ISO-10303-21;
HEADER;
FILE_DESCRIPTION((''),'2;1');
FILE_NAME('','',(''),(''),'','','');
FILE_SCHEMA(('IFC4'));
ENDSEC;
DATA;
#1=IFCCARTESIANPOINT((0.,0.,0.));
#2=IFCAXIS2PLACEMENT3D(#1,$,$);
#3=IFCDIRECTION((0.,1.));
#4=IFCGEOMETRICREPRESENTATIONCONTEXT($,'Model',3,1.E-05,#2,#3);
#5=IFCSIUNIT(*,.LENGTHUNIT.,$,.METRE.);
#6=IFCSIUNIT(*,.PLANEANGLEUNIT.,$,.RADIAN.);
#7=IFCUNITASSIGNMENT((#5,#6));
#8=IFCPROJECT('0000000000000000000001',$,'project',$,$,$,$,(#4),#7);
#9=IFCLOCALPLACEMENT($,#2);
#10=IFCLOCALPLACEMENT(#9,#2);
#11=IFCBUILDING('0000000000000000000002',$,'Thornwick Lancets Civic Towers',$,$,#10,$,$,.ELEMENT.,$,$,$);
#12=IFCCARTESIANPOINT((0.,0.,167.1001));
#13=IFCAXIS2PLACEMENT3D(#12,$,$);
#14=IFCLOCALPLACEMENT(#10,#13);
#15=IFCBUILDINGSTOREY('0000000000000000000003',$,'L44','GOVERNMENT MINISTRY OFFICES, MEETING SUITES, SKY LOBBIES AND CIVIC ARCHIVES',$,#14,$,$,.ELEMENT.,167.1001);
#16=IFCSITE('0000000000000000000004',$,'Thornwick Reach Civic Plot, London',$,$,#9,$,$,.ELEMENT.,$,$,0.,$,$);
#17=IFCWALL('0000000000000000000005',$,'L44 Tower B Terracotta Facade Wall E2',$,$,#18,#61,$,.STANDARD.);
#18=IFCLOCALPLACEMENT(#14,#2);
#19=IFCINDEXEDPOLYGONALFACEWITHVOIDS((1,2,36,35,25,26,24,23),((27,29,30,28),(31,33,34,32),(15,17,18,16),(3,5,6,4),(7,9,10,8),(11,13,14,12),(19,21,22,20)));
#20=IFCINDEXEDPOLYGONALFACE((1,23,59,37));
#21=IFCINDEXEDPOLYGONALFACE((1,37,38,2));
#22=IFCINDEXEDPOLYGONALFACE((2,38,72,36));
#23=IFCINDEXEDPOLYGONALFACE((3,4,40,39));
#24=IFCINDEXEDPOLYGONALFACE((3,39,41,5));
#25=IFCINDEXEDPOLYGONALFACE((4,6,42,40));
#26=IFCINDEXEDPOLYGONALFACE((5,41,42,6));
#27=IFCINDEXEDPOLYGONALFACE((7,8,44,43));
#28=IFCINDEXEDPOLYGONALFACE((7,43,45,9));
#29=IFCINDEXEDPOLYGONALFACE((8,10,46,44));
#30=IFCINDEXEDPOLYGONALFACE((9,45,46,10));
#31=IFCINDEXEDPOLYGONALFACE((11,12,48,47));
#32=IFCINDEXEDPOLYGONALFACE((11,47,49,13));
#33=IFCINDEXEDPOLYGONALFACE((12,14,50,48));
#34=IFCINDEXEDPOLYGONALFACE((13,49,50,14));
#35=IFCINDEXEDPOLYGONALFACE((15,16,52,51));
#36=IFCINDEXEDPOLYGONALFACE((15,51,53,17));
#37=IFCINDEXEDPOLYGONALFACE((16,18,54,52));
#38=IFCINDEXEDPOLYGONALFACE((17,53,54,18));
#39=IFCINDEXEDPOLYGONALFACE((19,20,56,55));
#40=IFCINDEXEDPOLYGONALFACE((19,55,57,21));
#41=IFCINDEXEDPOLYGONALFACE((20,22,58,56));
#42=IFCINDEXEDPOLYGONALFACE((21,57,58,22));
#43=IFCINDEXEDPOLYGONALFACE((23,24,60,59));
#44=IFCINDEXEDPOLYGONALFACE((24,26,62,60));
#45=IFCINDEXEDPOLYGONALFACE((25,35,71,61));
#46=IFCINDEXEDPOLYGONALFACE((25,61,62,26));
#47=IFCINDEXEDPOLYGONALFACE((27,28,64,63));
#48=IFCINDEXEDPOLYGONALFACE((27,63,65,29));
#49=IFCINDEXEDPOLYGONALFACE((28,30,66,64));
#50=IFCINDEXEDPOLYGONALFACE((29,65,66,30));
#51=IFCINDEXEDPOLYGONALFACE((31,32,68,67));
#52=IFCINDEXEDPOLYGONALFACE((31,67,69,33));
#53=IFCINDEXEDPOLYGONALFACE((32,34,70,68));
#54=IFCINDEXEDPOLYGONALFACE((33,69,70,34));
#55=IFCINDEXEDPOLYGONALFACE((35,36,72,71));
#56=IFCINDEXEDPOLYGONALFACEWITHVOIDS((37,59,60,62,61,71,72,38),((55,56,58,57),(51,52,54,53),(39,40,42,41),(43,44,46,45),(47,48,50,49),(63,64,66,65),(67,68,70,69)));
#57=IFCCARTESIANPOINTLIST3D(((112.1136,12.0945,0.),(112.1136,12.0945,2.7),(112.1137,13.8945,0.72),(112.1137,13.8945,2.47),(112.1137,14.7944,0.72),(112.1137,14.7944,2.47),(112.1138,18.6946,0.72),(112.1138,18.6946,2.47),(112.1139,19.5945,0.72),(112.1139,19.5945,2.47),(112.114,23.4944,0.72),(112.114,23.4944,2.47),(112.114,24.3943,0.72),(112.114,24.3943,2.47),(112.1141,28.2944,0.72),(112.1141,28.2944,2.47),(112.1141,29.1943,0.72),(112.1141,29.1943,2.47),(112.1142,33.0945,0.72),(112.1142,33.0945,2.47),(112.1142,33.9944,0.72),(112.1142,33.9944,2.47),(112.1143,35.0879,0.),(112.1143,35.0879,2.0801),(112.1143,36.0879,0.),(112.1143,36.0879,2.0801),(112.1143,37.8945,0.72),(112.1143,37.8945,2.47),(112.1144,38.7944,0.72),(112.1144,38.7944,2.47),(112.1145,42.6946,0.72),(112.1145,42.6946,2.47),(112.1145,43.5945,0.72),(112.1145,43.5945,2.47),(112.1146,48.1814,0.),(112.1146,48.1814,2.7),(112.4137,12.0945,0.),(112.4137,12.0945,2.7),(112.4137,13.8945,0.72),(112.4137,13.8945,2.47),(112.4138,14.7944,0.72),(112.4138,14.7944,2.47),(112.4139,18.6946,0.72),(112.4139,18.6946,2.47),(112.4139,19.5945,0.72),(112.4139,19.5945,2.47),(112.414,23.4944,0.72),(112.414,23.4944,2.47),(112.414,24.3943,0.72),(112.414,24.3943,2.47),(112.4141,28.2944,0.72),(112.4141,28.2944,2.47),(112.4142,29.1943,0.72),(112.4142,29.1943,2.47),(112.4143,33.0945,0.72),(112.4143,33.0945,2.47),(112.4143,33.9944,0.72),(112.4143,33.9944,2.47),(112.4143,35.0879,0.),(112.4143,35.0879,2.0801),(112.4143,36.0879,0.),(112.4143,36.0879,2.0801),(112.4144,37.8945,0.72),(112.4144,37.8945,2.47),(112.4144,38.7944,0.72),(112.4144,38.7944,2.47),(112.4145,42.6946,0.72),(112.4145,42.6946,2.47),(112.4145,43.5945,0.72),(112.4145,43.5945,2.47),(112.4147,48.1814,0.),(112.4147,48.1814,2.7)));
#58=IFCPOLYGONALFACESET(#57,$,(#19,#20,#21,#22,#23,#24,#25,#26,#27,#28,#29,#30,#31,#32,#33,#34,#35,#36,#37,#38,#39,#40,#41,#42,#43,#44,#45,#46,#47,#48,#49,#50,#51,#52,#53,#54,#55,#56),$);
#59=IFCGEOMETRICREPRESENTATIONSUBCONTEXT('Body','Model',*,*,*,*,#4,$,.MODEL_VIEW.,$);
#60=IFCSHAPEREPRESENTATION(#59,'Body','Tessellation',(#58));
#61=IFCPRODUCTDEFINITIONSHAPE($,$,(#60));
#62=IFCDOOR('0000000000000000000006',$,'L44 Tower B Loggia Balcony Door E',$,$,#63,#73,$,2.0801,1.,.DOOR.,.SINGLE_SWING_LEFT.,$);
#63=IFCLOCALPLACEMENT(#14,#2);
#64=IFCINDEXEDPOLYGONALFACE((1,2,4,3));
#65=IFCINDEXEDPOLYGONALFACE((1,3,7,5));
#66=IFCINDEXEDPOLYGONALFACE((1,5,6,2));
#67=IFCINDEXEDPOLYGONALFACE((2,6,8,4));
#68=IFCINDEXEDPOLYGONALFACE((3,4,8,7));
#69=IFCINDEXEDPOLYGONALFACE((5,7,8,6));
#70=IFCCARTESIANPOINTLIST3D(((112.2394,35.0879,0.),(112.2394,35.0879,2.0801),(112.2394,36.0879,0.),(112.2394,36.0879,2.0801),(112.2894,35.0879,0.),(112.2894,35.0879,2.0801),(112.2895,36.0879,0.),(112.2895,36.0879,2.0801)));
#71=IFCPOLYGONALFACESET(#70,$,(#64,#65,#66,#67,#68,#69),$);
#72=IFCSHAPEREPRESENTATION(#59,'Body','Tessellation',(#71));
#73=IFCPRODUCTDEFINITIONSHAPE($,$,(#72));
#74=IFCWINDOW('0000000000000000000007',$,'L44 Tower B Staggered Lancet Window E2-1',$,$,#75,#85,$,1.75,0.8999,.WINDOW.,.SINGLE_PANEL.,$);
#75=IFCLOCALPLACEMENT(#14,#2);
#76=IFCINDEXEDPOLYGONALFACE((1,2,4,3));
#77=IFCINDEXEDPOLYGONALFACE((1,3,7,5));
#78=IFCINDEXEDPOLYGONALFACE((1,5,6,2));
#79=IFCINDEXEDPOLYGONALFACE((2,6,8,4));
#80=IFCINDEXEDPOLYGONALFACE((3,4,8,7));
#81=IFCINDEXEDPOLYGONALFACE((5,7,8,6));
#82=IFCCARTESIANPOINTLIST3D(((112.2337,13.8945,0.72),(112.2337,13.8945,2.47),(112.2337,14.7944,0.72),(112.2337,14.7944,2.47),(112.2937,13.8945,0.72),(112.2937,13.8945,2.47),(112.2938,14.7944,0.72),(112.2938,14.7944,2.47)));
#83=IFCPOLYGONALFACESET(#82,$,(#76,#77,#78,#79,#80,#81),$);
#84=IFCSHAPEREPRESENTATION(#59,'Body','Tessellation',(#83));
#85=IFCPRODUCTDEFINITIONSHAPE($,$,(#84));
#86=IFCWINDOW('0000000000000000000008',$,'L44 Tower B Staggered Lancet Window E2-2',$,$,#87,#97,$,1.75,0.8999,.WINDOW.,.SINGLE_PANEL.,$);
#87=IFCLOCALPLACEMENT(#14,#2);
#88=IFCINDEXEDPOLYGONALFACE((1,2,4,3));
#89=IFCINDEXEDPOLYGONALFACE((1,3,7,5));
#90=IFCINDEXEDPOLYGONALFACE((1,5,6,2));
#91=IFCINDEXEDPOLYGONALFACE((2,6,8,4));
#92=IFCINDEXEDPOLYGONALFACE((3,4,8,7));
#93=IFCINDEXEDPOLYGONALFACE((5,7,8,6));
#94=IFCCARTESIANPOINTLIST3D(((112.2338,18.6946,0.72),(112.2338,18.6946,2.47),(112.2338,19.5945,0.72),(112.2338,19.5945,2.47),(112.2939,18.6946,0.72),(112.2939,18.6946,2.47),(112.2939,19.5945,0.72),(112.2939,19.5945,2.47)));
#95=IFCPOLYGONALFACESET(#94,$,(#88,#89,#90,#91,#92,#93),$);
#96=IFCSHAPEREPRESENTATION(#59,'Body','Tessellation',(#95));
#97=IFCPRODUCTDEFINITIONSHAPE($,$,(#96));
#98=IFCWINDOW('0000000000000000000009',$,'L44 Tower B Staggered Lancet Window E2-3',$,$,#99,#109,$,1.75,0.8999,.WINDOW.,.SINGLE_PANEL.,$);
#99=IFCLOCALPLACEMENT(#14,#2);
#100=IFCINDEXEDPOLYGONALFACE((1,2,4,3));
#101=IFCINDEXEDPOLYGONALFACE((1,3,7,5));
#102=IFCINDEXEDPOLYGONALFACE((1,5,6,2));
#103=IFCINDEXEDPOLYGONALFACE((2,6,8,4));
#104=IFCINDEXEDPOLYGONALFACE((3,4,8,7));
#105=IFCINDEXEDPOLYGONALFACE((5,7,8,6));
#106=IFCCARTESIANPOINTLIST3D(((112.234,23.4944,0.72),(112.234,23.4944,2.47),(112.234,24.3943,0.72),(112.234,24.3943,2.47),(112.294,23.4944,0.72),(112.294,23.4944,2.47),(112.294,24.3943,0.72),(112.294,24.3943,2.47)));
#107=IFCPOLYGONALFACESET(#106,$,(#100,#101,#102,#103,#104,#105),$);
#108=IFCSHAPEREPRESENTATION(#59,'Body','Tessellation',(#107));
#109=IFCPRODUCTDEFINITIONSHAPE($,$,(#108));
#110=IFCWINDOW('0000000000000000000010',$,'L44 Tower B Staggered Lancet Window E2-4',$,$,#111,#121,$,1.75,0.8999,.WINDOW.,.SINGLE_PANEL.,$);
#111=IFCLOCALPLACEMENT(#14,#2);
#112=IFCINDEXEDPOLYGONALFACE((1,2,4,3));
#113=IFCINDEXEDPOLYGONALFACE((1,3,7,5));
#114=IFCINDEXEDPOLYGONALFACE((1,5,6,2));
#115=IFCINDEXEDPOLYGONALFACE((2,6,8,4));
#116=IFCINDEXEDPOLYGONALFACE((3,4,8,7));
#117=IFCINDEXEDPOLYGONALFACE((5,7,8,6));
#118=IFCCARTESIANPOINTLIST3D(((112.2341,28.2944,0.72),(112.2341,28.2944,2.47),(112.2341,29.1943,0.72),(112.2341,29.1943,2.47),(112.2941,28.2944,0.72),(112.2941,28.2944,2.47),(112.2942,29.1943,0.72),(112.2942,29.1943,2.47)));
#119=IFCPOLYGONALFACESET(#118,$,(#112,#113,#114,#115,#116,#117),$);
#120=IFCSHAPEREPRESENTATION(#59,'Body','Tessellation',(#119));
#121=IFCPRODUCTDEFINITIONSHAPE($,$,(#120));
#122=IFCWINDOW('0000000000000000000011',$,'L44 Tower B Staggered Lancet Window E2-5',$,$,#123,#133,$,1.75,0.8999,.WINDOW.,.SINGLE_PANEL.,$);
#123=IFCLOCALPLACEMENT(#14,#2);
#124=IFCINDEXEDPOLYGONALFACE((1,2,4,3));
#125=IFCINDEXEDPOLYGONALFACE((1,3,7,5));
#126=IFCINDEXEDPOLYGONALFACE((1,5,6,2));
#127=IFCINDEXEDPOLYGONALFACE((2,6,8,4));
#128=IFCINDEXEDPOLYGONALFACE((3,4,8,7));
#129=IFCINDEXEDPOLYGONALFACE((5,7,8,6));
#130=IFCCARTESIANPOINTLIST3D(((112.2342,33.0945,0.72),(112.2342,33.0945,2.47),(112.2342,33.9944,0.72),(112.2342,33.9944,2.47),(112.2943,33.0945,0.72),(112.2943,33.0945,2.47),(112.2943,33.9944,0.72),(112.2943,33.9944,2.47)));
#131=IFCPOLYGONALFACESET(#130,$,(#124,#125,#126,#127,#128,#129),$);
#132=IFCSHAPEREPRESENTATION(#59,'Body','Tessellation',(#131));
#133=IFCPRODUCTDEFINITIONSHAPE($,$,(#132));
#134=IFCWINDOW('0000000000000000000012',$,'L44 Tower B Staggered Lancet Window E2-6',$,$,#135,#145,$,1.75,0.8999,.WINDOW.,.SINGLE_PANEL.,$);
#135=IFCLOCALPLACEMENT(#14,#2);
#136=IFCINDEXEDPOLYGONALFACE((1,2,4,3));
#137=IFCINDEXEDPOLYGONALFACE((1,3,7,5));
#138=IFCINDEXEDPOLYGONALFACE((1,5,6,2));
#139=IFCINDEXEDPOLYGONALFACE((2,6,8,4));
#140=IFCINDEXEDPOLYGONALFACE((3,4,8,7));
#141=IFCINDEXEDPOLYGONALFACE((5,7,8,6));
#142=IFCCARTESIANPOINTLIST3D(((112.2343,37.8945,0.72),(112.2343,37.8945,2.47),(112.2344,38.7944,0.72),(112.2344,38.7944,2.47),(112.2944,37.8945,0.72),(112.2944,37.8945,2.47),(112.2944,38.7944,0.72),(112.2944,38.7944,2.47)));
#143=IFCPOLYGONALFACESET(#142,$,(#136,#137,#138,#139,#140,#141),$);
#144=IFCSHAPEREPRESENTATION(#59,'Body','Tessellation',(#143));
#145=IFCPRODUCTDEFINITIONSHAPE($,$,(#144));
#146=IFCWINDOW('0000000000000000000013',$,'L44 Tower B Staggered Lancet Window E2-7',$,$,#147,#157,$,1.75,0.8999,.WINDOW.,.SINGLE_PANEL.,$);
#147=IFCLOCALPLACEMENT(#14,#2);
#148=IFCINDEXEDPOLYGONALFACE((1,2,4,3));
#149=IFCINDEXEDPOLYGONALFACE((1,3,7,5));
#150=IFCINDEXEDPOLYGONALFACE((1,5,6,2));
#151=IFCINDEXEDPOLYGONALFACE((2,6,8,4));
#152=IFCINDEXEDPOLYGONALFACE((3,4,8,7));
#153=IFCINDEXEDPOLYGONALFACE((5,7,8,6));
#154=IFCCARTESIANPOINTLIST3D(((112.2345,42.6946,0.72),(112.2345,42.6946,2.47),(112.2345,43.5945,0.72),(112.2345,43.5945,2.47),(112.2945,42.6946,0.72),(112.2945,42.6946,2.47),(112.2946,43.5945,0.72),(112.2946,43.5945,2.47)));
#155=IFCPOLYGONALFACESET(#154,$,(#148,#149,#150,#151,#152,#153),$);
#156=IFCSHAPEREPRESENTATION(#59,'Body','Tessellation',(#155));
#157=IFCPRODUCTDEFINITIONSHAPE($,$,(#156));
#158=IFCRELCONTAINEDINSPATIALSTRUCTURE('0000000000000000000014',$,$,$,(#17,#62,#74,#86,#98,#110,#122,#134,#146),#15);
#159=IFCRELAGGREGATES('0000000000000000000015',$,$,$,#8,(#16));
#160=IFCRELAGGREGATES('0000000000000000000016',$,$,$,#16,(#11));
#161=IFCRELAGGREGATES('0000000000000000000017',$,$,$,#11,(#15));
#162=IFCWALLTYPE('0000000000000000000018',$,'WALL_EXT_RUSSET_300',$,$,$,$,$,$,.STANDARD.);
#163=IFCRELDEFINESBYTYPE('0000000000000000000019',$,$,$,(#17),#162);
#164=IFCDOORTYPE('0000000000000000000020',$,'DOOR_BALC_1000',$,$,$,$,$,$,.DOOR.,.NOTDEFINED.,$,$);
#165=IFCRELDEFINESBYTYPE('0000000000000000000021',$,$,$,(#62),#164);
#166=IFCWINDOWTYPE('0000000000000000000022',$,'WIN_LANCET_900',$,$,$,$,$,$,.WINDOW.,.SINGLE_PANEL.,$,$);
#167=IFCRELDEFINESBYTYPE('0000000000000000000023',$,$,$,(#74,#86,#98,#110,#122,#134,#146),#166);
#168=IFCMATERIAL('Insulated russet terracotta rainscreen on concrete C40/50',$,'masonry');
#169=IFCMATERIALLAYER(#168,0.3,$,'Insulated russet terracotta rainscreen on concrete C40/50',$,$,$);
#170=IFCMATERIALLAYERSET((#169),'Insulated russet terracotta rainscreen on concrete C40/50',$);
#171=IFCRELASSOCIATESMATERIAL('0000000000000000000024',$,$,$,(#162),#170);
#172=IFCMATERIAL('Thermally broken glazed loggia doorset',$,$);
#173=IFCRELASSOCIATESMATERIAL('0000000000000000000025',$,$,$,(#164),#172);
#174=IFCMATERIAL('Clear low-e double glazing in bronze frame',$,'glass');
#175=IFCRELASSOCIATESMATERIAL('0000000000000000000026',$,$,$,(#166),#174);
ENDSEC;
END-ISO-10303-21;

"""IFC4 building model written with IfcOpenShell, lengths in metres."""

from ifc_helpers import new_model, si_unit, direction, frame, frame_2d, origin, place, context, subcontext, project, spatial, rectangle, extrude, material, layer, layer_set, type_object, element, fill, save


model = new_model("IFC4")

# Units and contexts
model_context = context("Model", 3, precision=1e-05, world=origin(), true_north=direction((0.0, 1.0)))
body_context = subcontext(model_context, "Body", "Model", "MODEL_VIEW")
ifc_project = project(units=[si_unit("LENGTHUNIT", "METRE"), si_unit("PLANEANGLEUNIT", "RADIAN")], contexts=[model_context])

# Site, building, storey
site_placement = place(None, origin())
site = spatial("IfcSite", under=ifc_project, at=site_placement, Name="Thornwick Reach Civic Plot, London", CompositionType="ELEMENT", RefElevation=0.0)
building_placement = place(site_placement, origin())
building = spatial("IfcBuilding", under=site, at=building_placement, Name="Thornwick Lancets Civic Towers", CompositionType="ELEMENT")
storey_placement = place(building_placement, frame((0.0, 0.0, 167.1001)))
storey = spatial("IfcBuildingStorey", under=building, at=storey_placement, Name="L44", Description="GOVERNMENT MINISTRY OFFICES, MEETING SUITES, SKY LOBBIES AND CIVIC ARCHIVES", CompositionType="ELEMENT", Elevation=167.1001)

# Wall, openings, door, windows
ifc_material_1 = material(Name="Insulated russet terracotta rainscreen on concrete C40/50", Category="masonry")
ifc_layer_1 = layer(ifc_material_1, 0.3, Name="Insulated russet terracotta rainscreen on concrete C40/50")
ifc_layer_set_1 = layer_set([ifc_layer_1], Name="Insulated russet terracotta rainscreen on concrete C40/50")
wall_type_1 = type_object("IfcWallType", Name="WALL_EXT_RUSSET_300", PredefinedType="STANDARD", material=ifc_layer_set_1)
wall_1_placement = place(storey_placement, frame((112.2637, 12.0945, 0.0), z_axis=(0.0, 0.0, 1.0), x_axis=(0.000027, 1.0, 0.0)))
wall_1 = element("IfcWall", 1, at=wall_1_placement, inside=storey, type_object=wall_type_1, Name="L44 Tower B Terracotta Facade Wall E2", PredefinedType="STANDARD", context=body_context, shape_type="SweptSolid", body=[
    extrude(rectangle(XDim=36.0869, YDim=0.3, at=frame_2d((18.0435, 0.0))), origin(), (0.0, 0.0, 1.0), 2.7),
])
opening_1_placement = place(wall_1_placement, frame((22.9934, 0.0, 0.0)))
opening_1 = element("IfcOpeningElement", 2, at=opening_1_placement, cuts=wall_1, PredefinedType="OPENING", context=body_context, shape_type="SweptSolid", body=[
    extrude(rectangle(XDim=1.0, YDim=2.0801, at=frame_2d((0.5, 1.04))), frame((0.0, 0.1602, 0.0), z_axis=(0.0, -1.0, 0.0), x_axis=(1.0, 0.0, 0.0)), (0.0, 0.0, 1.0), 0.3201),
])
opening_2_placement = place(wall_1_placement, frame((1.8, 0.0, 0.72)))
opening_2 = element("IfcOpeningElement", 3, at=opening_2_placement, cuts=wall_1, PredefinedType="OPENING", context=body_context, shape_type="SweptSolid", body=[
    extrude(rectangle(XDim=0.8999, YDim=1.75, at=frame_2d((0.45, 0.875))), frame((0.0, 0.1602, 0.0), z_axis=(0.0, -1.0, 0.0), x_axis=(1.0, 0.0, 0.0)), (0.0, 0.0, 1.0), 0.3201),
])
opening_3_placement = place(wall_1_placement, frame((6.6001, 0.0, 0.72)))
opening_3 = element("IfcOpeningElement", 4, at=opening_3_placement, cuts=wall_1, PredefinedType="OPENING", context=body_context, shape_type="SweptSolid", body=[
    extrude(rectangle(XDim=0.8999, YDim=1.75, at=frame_2d((0.45, 0.875))), frame((0.0, 0.1602, 0.0), z_axis=(0.0, -1.0, 0.0), x_axis=(1.0, 0.0, 0.0)), (0.0, 0.0, 1.0), 0.3201),
])
opening_4_placement = place(wall_1_placement, frame((11.3999, 0.0, 0.72)))
opening_4 = element("IfcOpeningElement", 5, at=opening_4_placement, cuts=wall_1, PredefinedType="OPENING", context=body_context, shape_type="SweptSolid", body=[
    extrude(rectangle(XDim=0.8999, YDim=1.75, at=frame_2d((0.45, 0.875))), frame((0.0, 0.1602, 0.0), z_axis=(0.0, -1.0, 0.0), x_axis=(1.0, 0.0, 0.0)), (0.0, 0.0, 1.0), 0.3201),
])
opening_5_placement = place(wall_1_placement, frame((16.2, 0.0, 0.72)))
opening_5 = element("IfcOpeningElement", 6, at=opening_5_placement, cuts=wall_1, PredefinedType="OPENING", context=body_context, shape_type="SweptSolid", body=[
    extrude(rectangle(XDim=0.8999, YDim=1.75, at=frame_2d((0.45, 0.875))), frame((0.0, 0.1602, 0.0), z_axis=(0.0, -1.0, 0.0), x_axis=(1.0, 0.0, 0.0)), (0.0, 0.0, 1.0), 0.3201),
])
opening_6_placement = place(wall_1_placement, frame((21.0, 0.0, 0.72)))
opening_6 = element("IfcOpeningElement", 7, at=opening_6_placement, cuts=wall_1, PredefinedType="OPENING", context=body_context, shape_type="SweptSolid", body=[
    extrude(rectangle(XDim=0.8999, YDim=1.75, at=frame_2d((0.45, 0.875))), frame((0.0, 0.1602, 0.0), z_axis=(0.0, -1.0, 0.0), x_axis=(1.0, 0.0, 0.0)), (0.0, 0.0, 1.0), 0.3201),
])
opening_7_placement = place(wall_1_placement, frame((25.8, 0.0, 0.72)))
opening_7 = element("IfcOpeningElement", 8, at=opening_7_placement, cuts=wall_1, PredefinedType="OPENING", context=body_context, shape_type="SweptSolid", body=[
    extrude(rectangle(XDim=0.8999, YDim=1.75, at=frame_2d((0.45, 0.875))), frame((0.0, 0.1602, 0.0), z_axis=(0.0, -1.0, 0.0), x_axis=(1.0, 0.0, 0.0)), (0.0, 0.0, 1.0), 0.3201),
])
opening_8_placement = place(wall_1_placement, frame((30.6001, 0.0, 0.72)))
opening_8 = element("IfcOpeningElement", 9, at=opening_8_placement, cuts=wall_1, PredefinedType="OPENING", context=body_context, shape_type="SweptSolid", body=[
    extrude(rectangle(XDim=0.8999, YDim=1.75, at=frame_2d((0.45, 0.875))), frame((0.0, 0.1602, 0.0), z_axis=(0.0, -1.0, 0.0), x_axis=(1.0, 0.0, 0.0)), (0.0, 0.0, 1.0), 0.3201),
])
ifc_material_2 = material(Name="Thermally broken glazed loggia doorset")
door_type = type_object("IfcDoorType", Name="DOOR_BALC_1000", OperationType="NOTDEFINED", PredefinedType="DOOR", material=ifc_material_2)
door_placement = place(opening_1_placement, origin())
door = element("IfcDoor", 10, at=door_placement, inside=storey, type_object=door_type, Name="L44 Tower B Loggia Balcony Door E", OperationType="SINGLE_SWING_LEFT", OverallHeight=2.0801, OverallWidth=1.0, PredefinedType="DOOR", context=body_context, shape_type="SweptSolid", body=[
    extrude(rectangle(XDim=1.0, YDim=2.0801, at=frame_2d((0.5, 1.04))), frame((0.0, 0.0249, 0.0), z_axis=(0.0, -1.0, 0.0), x_axis=(1.0, 0.0, 0.0)), (0.0, 0.0, 1.0), 0.05),
])
fill(opening_1, door)
ifc_material_3 = material(Name="Clear low-e double glazing in bronze frame", Category="glass")
window_type = type_object("IfcWindowType", Name="WIN_LANCET_900", PartitioningType="SINGLE_PANEL", PredefinedType="WINDOW", material=ifc_material_3)
window_1_placement = place(opening_2_placement, origin())
window_1 = element("IfcWindow", 11, at=window_1_placement, inside=storey, type_object=window_type, Name="L44 Tower B Staggered Lancet Window E2-1", OverallHeight=1.75, OverallWidth=0.8999, PartitioningType="SINGLE_PANEL", PredefinedType="WINDOW", context=body_context, shape_type="SweptSolid", body=[
    extrude(rectangle(XDim=0.8999, YDim=1.75, at=frame_2d((0.45, 0.875))), frame((0.0, 0.03, 0.0), z_axis=(0.0, -1.0, 0.0), x_axis=(1.0, 0.0, 0.0)), (0.0, 0.0, 1.0), 0.0601),
])
fill(opening_2, window_1)
window_2_placement = place(opening_3_placement, origin())
window_2 = element("IfcWindow", 12, at=window_2_placement, inside=storey, type_object=window_type, Name="L44 Tower B Staggered Lancet Window E2-2", OverallHeight=1.75, OverallWidth=0.8999, PartitioningType="SINGLE_PANEL", PredefinedType="WINDOW", context=body_context, shape_type="SweptSolid", body=[
    extrude(rectangle(XDim=0.8999, YDim=1.75, at=frame_2d((0.45, 0.875))), frame((0.0, 0.03, 0.0), z_axis=(0.0, -1.0, 0.0), x_axis=(1.0, 0.0, 0.0)), (0.0, 0.0, 1.0), 0.0601),
])
fill(opening_3, window_2)
window_3_placement = place(opening_4_placement, origin())
window_3 = element("IfcWindow", 13, at=window_3_placement, inside=storey, type_object=window_type, Name="L44 Tower B Staggered Lancet Window E2-3", OverallHeight=1.75, OverallWidth=0.8999, PartitioningType="SINGLE_PANEL", PredefinedType="WINDOW", context=body_context, shape_type="SweptSolid", body=[
    extrude(rectangle(XDim=0.8999, YDim=1.75, at=frame_2d((0.45, 0.875))), frame((0.0, 0.03, 0.0), z_axis=(0.0, -1.0, 0.0), x_axis=(1.0, 0.0, 0.0)), (0.0, 0.0, 1.0), 0.0601),
])
fill(opening_4, window_3)
window_4_placement = place(opening_5_placement, origin())
window_4 = element("IfcWindow", 14, at=window_4_placement, inside=storey, type_object=window_type, Name="L44 Tower B Staggered Lancet Window E2-4", OverallHeight=1.75, OverallWidth=0.8999, PartitioningType="SINGLE_PANEL", PredefinedType="WINDOW", context=body_context, shape_type="SweptSolid", body=[
    extrude(rectangle(XDim=0.8999, YDim=1.75, at=frame_2d((0.45, 0.875))), frame((0.0, 0.03, 0.0), z_axis=(0.0, -1.0, 0.0), x_axis=(1.0, 0.0, 0.0)), (0.0, 0.0, 1.0), 0.0601),
])
fill(opening_5, window_4)
window_5_placement = place(opening_6_placement, origin())
window_5 = element("IfcWindow", 15, at=window_5_placement, inside=storey, type_object=window_type, Name="L44 Tower B Staggered Lancet Window E2-5", OverallHeight=1.75, OverallWidth=0.8999, PartitioningType="SINGLE_PANEL", PredefinedType="WINDOW", context=body_context, shape_type="SweptSolid", body=[
    extrude(rectangle(XDim=0.8999, YDim=1.75, at=frame_2d((0.45, 0.875))), frame((0.0, 0.03, 0.0), z_axis=(0.0, -1.0, 0.0), x_axis=(1.0, 0.0, 0.0)), (0.0, 0.0, 1.0), 0.0601),
])
fill(opening_6, window_5)
window_6_placement = place(opening_7_placement, origin())
window_6 = element("IfcWindow", 16, at=window_6_placement, inside=storey, type_object=window_type, Name="L44 Tower B Staggered Lancet Window E2-6", OverallHeight=1.75, OverallWidth=0.8999, PartitioningType="SINGLE_PANEL", PredefinedType="WINDOW", context=body_context, shape_type="SweptSolid", body=[
    extrude(rectangle(XDim=0.8999, YDim=1.75, at=frame_2d((0.45, 0.875))), frame((0.0, 0.03, 0.0), z_axis=(0.0, -1.0, 0.0), x_axis=(1.0, 0.0, 0.0)), (0.0, 0.0, 1.0), 0.0601),
])
fill(opening_7, window_6)
window_7_placement = place(opening_8_placement, origin())
window_7 = element("IfcWindow", 17, at=window_7_placement, inside=storey, type_object=window_type, Name="L44 Tower B Staggered Lancet Window E2-7", OverallHeight=1.75, OverallWidth=0.8999, PartitioningType="SINGLE_PANEL", PredefinedType="WINDOW", context=body_context, shape_type="SweptSolid", body=[
    extrude(rectangle(XDim=0.8999, YDim=1.75, at=frame_2d((0.45, 0.875))), frame((0.0, 0.03, 0.0), z_axis=(0.0, -1.0, 0.0), x_axis=(1.0, 0.0, 0.0)), (0.0, 0.0, 1.0), 0.0601),
])
fill(opening_8, window_7)

save(model, "model.ifc")
